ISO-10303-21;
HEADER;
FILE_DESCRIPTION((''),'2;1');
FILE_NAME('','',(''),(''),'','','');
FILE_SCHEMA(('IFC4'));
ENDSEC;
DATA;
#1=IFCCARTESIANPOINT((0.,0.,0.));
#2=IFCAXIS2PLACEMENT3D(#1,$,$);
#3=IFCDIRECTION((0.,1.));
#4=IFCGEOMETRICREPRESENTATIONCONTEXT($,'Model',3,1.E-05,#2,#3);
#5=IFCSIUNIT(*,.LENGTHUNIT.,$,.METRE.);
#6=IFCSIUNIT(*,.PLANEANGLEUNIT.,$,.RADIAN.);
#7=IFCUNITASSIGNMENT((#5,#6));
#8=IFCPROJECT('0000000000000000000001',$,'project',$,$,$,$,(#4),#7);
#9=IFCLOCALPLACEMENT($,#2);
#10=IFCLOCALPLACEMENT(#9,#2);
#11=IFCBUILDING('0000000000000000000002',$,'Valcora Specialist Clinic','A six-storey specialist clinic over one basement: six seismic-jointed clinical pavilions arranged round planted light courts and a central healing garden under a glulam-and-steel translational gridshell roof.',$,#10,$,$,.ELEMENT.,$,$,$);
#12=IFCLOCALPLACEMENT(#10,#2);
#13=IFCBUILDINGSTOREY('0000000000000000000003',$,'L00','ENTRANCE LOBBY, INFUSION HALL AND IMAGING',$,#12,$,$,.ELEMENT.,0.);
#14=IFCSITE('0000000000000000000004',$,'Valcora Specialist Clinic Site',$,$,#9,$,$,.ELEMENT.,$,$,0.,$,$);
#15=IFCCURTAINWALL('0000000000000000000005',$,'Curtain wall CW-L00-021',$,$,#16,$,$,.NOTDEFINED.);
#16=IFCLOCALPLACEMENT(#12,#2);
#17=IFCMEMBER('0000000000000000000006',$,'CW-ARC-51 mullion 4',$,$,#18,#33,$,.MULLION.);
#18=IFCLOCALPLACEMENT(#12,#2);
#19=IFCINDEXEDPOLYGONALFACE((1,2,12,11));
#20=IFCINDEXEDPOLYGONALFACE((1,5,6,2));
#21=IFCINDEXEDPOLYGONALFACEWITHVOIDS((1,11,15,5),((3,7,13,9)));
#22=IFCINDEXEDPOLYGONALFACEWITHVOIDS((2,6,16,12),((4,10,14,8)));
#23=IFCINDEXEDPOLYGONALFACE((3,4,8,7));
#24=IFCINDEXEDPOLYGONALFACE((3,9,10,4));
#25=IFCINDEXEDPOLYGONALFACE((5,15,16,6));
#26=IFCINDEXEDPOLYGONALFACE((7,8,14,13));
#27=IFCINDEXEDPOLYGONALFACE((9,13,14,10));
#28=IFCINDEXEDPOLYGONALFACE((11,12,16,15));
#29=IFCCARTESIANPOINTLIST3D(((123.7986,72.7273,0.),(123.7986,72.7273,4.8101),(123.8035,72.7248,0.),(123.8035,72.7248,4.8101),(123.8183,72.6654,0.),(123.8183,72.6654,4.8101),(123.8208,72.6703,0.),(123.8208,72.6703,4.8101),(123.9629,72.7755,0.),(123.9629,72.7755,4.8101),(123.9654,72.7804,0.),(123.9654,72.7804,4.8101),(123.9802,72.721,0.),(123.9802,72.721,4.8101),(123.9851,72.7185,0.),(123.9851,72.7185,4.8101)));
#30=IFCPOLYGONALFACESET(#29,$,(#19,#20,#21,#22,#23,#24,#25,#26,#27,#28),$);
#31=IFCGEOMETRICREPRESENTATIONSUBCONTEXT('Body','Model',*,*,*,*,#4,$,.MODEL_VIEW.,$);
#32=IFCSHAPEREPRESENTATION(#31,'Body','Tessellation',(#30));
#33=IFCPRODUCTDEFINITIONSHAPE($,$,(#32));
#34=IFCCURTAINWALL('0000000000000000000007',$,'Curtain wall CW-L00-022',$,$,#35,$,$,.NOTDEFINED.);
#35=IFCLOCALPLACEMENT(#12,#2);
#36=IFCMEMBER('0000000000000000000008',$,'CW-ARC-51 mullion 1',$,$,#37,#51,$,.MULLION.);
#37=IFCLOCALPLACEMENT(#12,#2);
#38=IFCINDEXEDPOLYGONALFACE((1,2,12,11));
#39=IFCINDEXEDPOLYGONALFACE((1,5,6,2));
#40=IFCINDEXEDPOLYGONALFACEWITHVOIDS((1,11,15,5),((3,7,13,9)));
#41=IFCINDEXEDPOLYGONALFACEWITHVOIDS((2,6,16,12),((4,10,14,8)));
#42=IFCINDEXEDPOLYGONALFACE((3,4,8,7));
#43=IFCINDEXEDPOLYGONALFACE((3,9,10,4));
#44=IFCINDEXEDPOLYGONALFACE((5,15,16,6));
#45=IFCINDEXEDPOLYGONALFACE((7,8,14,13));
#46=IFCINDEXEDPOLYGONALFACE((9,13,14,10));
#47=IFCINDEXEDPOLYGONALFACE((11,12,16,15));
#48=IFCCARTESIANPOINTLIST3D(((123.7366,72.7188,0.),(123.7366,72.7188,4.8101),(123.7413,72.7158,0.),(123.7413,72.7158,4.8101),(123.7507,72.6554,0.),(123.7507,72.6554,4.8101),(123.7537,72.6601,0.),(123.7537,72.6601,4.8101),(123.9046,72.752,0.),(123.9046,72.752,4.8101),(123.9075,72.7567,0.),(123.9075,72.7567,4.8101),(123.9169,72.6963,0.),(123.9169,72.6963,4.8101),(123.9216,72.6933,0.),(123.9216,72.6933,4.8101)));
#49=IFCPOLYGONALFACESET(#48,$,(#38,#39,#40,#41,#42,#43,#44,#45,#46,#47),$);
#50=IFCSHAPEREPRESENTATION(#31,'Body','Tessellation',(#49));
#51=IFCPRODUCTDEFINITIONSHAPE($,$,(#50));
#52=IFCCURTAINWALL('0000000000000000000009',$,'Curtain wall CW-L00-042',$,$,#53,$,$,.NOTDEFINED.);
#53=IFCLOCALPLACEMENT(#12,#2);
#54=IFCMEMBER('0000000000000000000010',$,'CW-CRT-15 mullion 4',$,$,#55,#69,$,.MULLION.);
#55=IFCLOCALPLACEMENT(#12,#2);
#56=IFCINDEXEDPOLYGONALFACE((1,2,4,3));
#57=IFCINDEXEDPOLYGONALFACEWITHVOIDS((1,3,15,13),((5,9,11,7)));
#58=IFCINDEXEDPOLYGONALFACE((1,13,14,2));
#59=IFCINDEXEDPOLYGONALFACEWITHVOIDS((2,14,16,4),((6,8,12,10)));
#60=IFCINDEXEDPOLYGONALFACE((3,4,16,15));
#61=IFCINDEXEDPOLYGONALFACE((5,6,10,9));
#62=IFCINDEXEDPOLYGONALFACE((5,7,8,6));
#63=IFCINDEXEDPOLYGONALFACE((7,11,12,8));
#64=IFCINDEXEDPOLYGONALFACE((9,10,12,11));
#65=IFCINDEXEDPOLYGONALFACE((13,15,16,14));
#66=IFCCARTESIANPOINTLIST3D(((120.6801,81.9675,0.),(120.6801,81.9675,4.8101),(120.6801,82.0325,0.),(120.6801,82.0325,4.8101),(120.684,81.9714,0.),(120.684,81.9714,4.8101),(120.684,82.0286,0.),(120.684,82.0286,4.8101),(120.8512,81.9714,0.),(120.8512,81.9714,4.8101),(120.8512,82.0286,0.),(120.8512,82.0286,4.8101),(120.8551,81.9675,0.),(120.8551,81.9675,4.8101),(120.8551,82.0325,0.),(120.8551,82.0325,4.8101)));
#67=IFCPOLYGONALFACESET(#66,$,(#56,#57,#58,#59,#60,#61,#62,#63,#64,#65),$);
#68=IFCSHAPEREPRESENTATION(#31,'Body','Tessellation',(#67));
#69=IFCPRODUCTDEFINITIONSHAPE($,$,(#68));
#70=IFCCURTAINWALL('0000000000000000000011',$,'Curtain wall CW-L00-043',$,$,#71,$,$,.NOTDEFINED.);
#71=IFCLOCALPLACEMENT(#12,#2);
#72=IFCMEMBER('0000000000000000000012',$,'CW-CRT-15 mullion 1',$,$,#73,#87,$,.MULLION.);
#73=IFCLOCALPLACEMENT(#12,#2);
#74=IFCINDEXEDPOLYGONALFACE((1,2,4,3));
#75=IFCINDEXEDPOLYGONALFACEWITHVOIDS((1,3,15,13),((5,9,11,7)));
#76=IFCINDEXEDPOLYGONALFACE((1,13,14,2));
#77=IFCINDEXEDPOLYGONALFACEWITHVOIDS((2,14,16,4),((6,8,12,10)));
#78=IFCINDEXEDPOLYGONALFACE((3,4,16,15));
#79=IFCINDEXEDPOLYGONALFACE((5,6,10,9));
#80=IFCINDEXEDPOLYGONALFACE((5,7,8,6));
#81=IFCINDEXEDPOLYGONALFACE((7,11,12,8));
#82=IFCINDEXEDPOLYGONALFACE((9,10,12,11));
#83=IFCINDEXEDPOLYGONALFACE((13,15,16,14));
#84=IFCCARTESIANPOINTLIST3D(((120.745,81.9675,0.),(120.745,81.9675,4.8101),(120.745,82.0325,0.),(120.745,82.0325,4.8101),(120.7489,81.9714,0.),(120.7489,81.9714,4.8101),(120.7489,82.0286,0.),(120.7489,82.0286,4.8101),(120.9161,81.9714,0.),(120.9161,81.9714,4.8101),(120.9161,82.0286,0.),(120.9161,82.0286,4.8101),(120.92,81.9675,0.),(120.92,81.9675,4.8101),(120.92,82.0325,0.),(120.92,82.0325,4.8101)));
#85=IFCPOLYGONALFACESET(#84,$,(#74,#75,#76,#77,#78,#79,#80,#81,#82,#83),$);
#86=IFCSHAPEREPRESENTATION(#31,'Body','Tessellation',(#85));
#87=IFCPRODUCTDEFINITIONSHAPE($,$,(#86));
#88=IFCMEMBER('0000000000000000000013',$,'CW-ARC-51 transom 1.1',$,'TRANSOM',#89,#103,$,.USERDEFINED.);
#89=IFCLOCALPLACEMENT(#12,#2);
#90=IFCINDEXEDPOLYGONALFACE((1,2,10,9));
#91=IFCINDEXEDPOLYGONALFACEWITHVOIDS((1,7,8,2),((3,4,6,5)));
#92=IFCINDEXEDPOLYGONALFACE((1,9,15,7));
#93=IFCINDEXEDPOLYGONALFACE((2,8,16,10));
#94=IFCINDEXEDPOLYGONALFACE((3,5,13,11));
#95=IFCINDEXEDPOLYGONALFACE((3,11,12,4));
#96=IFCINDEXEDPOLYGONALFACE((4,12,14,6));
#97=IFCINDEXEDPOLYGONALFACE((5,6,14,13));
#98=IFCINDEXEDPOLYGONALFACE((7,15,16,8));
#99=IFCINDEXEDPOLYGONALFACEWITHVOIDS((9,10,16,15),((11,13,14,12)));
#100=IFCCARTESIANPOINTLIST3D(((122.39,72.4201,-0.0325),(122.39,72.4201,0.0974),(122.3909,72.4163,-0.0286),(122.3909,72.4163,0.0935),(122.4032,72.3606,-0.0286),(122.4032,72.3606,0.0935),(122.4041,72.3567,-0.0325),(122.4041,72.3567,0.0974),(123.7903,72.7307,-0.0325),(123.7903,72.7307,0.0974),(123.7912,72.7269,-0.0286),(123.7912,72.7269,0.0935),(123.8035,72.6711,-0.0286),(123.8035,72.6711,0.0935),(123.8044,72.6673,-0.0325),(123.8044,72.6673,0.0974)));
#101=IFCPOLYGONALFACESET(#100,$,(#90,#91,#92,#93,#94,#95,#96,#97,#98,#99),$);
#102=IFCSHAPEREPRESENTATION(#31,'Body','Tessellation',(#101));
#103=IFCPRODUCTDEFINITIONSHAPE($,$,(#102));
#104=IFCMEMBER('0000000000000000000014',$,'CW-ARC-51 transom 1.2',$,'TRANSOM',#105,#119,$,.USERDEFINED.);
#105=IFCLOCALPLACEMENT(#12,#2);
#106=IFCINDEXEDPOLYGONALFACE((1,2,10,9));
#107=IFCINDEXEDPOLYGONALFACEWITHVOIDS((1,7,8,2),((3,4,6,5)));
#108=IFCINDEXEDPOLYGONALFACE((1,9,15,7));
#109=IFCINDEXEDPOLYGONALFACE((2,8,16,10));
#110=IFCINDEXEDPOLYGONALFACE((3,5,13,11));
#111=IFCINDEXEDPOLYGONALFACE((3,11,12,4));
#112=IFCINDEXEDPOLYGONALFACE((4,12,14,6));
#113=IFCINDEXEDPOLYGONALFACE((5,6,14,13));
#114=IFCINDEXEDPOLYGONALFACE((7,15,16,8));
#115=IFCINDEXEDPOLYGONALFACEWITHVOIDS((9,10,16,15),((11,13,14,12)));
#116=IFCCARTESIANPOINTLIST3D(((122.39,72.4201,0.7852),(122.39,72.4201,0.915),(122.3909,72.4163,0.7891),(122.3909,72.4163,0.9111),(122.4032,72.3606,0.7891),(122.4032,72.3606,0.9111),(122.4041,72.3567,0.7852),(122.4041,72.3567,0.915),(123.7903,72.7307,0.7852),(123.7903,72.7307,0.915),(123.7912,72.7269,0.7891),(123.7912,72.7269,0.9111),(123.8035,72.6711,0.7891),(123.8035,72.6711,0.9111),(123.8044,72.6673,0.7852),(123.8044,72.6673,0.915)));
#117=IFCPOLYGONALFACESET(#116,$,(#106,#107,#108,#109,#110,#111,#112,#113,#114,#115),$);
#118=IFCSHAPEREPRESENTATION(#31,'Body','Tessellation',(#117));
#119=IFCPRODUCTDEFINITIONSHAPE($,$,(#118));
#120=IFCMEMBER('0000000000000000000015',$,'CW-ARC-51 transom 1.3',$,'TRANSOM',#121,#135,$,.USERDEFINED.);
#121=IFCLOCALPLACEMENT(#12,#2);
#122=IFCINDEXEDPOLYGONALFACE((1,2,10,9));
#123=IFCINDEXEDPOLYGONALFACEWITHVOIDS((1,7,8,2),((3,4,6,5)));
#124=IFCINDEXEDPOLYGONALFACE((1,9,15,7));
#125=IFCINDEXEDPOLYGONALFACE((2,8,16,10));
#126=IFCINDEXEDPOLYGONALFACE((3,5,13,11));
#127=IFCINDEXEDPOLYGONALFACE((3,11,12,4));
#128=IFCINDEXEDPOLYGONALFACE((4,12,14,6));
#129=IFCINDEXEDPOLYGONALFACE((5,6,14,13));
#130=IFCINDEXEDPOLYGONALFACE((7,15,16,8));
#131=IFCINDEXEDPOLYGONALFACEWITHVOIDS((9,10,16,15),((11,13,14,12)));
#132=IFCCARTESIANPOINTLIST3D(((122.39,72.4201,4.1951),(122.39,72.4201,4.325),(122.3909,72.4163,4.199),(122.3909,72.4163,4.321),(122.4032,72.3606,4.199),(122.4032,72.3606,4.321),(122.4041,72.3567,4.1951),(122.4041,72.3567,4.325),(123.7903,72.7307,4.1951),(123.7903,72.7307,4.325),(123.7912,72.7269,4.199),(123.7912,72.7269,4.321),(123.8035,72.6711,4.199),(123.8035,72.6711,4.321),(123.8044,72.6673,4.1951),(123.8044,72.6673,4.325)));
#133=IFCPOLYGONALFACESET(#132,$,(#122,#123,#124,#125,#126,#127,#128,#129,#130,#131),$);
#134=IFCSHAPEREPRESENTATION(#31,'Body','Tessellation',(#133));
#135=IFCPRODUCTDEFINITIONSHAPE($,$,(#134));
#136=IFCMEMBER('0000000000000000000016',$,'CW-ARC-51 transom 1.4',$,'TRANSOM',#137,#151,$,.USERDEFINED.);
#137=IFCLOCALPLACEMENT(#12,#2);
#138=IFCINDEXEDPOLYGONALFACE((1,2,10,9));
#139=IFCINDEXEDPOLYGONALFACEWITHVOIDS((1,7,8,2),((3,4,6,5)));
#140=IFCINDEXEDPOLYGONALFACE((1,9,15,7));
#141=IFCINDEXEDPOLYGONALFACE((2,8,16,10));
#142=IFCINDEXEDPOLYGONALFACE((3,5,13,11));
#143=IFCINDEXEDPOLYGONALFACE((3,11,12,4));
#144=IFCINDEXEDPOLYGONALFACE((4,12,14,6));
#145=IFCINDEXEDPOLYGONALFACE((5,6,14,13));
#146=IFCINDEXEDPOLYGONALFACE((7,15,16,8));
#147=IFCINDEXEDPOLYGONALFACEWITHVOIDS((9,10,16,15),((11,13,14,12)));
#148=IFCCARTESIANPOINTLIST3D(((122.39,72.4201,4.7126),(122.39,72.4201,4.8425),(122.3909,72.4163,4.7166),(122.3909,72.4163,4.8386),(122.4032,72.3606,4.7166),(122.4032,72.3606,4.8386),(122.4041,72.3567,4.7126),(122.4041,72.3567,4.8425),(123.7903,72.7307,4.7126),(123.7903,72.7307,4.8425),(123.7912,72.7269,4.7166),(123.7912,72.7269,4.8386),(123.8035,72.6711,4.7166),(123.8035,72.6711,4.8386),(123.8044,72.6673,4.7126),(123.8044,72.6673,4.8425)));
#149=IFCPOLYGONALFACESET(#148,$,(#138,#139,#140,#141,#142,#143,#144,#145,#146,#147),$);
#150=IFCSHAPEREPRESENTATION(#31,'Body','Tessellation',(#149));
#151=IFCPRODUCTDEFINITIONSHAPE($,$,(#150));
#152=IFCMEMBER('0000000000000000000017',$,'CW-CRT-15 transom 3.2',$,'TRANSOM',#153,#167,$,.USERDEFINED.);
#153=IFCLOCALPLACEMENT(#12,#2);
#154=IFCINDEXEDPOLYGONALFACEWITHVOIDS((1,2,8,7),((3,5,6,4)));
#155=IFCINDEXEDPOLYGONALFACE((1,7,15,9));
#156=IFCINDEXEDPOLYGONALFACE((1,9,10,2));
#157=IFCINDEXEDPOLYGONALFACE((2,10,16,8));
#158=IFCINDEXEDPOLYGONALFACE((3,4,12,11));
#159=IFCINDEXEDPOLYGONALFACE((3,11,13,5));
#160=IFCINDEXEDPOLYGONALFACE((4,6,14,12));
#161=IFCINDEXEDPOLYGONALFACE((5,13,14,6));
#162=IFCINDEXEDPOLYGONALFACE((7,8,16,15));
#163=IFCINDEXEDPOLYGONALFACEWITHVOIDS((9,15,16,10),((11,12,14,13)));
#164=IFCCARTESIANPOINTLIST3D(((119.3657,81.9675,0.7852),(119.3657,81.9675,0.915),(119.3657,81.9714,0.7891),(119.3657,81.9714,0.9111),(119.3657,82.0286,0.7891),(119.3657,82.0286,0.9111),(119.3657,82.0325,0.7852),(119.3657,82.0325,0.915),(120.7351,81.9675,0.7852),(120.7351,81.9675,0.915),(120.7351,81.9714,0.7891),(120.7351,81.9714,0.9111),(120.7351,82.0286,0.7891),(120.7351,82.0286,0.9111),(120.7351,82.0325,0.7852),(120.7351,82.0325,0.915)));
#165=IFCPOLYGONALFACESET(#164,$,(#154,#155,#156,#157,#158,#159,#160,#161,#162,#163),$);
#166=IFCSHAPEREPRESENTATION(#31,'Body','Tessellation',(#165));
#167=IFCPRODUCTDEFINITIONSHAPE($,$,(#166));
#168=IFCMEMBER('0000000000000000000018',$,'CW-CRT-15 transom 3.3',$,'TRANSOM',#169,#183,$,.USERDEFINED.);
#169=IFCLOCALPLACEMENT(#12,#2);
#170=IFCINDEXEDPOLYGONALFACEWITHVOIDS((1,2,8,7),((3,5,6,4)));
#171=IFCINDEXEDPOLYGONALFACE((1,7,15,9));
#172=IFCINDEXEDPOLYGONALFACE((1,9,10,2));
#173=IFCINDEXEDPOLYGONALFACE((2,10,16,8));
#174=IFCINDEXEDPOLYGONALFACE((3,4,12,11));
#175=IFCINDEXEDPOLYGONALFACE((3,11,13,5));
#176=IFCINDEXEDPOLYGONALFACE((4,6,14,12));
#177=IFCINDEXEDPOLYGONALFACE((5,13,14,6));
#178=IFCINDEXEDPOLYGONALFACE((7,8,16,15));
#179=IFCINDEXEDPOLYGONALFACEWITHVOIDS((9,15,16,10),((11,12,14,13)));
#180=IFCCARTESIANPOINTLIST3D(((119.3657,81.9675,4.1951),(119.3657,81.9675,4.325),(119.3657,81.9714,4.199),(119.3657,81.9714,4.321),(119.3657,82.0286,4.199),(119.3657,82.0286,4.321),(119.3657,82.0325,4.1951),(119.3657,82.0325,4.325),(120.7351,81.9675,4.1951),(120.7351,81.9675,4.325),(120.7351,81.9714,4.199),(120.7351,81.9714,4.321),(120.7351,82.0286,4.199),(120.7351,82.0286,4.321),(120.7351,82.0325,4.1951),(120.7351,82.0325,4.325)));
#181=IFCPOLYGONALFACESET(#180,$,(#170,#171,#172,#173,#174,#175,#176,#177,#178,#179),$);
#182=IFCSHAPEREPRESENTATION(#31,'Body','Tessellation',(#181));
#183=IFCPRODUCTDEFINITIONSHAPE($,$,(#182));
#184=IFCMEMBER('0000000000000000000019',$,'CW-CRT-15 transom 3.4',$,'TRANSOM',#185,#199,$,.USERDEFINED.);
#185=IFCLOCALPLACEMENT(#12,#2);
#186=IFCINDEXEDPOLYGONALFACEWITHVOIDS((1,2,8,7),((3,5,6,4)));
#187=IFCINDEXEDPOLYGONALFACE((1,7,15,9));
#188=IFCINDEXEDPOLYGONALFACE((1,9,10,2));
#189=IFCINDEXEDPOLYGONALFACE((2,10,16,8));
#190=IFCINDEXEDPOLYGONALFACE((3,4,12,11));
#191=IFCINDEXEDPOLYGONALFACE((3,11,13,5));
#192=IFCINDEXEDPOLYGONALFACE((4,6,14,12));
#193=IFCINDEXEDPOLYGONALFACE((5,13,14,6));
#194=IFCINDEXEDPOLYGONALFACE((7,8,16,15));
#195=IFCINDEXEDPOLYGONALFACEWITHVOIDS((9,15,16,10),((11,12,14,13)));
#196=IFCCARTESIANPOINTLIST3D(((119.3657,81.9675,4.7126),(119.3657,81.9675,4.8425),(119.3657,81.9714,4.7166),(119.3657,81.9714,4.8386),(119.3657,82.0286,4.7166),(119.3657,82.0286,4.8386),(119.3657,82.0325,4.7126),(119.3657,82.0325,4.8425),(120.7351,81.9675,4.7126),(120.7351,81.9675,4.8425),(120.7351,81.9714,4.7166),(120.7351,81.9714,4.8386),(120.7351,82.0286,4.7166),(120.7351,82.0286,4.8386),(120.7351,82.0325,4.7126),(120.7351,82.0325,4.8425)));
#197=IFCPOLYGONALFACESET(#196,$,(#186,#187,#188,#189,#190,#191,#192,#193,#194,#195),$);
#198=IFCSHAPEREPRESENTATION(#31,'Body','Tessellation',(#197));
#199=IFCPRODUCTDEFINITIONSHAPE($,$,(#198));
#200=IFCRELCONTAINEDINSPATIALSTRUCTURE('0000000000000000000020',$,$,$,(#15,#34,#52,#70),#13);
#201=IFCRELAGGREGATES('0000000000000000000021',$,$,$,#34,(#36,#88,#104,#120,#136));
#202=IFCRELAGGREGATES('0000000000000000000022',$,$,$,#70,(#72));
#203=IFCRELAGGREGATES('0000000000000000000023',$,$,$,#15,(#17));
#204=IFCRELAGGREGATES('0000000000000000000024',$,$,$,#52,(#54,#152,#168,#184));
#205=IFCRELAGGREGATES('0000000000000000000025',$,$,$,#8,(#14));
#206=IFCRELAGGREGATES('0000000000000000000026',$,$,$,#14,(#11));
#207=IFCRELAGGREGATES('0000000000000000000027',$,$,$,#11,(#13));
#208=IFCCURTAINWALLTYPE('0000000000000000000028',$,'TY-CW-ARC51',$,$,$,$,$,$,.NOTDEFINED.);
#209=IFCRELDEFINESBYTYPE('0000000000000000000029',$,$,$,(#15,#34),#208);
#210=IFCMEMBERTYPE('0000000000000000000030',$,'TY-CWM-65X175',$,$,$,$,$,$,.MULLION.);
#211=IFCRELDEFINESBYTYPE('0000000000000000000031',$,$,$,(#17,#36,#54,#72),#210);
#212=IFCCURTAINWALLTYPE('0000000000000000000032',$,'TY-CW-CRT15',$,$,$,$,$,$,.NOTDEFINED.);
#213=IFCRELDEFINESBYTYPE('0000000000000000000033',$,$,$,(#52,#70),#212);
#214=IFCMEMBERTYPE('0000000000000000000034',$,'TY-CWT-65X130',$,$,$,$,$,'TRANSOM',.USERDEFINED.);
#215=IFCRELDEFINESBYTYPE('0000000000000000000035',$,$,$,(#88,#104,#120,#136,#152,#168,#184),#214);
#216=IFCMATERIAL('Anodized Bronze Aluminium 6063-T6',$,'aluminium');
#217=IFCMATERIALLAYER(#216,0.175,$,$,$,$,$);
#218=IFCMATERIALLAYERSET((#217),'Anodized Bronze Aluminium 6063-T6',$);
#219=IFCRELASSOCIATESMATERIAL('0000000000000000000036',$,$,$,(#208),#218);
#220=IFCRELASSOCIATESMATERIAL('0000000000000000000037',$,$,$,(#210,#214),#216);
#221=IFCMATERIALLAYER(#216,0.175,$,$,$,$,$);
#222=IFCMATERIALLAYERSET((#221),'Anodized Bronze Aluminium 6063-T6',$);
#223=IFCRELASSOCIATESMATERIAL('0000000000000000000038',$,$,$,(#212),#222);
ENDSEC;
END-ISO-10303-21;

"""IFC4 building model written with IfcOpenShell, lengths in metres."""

from ifc_helpers import new_model, si_unit, direction, frame, origin, origin_2d, place, context, subcontext, project, spatial, hollow_rectangle, extrude, material, layer, layer_set, material_profile, profile_set, type_object, element, aggregate, save


model = new_model("IFC4")

# Units and contexts
model_context = context("Model", 3, precision=1e-05, world=origin(), true_north=direction((0.0, 1.0)))
body_context = subcontext(model_context, "Body", "Model", "MODEL_VIEW")
ifc_project = project(units=[si_unit("LENGTHUNIT", "METRE"), si_unit("PLANEANGLEUNIT", "RADIAN")], contexts=[model_context])

# Site, building, storey
site_placement = place(None, origin())
site = spatial("IfcSite", under=ifc_project, at=site_placement, Name="Valcora Specialist Clinic Site", CompositionType="ELEMENT", RefElevation=0.0)
building_placement = place(site_placement, origin())
building = spatial("IfcBuilding", under=site, at=building_placement, Name="Valcora Specialist Clinic", Description="A six-storey specialist clinic over one basement: six seismic-jointed clinical pavilions arranged round planted light courts and a central healing garden under a glulam-and-steel translational gridshell roof.", CompositionType="ELEMENT")
storey_placement = place(building_placement, origin())
storey = spatial("IfcBuildingStorey", under=building, at=storey_placement, Name="L00", Description="ENTRANCE LOBBY, INFUSION HALL AND IMAGING", CompositionType="ELEMENT", Elevation=0.0)

# Curtain walls, members
ifc_material_1 = material(Name="Anodized Bronze Aluminium 6063-T6", Category="aluminium")
ifc_layer_1 = layer(ifc_material_1, 0.175)
ifc_layer_set_1 = layer_set([ifc_layer_1], Name="Anodized Bronze Aluminium 6063-T6")
curtain_wall_type_1 = type_object("IfcCurtainWallType", Name="TY-CW-ARC51", PredefinedType="NOTDEFINED", material=ifc_layer_set_1)
curtain_wall_1_placement = place(storey_placement, origin())
curtain_wall_1 = element("IfcCurtainWall", 1, at=curtain_wall_1_placement, inside=storey, type_object=curtain_wall_type_1, Name="Curtain wall CW-L00-021", PredefinedType="NOTDEFINED")
ifc_material_profile_1 = material_profile(ifc_material_1, hollow_rectangle(XDim=0.0649, YDim=0.175, WallThickness=0.0039, at=origin_2d()), Name="AL-MUL-65X175")
ifc_profile_set_1 = profile_set([ifc_material_profile_1], Name="Anodized Bronze Aluminium 6063-T6")
member_type_1 = type_object("IfcMemberType", Name="TY-CWM-65X175", PredefinedType="MULLION", material=ifc_profile_set_1)
member_1_placement = place(storey_placement, frame((123.8918, 72.7229, 0.0), z_axis=(0.0, 0.0, 1.0), x_axis=(0.303233, -0.952916, 0.0)))
member_1 = element("IfcMember", 2, at=member_1_placement, type_object=member_type_1, Name="CW-ARC-51 mullion 4", PredefinedType="MULLION", context=body_context, shape_type="SweptSolid", body=[
    extrude(hollow_rectangle(XDim=0.0649, YDim=0.175, WallThickness=0.0039, at=origin_2d()), origin(), (0.0, 0.0, 1.0), 4.8101),
])
curtain_wall_2_placement = place(storey_placement, origin())
curtain_wall_2 = element("IfcCurtainWall", 3, at=curtain_wall_2_placement, inside=storey, type_object=curtain_wall_type_1, Name="Curtain wall CW-L00-022", PredefinedType="NOTDEFINED")
member_2_placement = place(storey_placement, frame((123.8291, 72.7061, 0.0), z_axis=(0.0, 0.0, 1.0), x_axis=(0.216518, -0.976279, 0.0)))
member_2 = element("IfcMember", 4, at=member_2_placement, type_object=member_type_1, Name="CW-ARC-51 mullion 1", PredefinedType="MULLION", context=body_context, shape_type="SweptSolid", body=[
    extrude(hollow_rectangle(XDim=0.0649, YDim=0.175, WallThickness=0.0039, at=origin_2d()), origin(), (0.0, 0.0, 1.0), 4.8101),
])
ifc_layer_2 = layer(ifc_material_1, 0.175)
ifc_layer_set_2 = layer_set([ifc_layer_2], Name="Anodized Bronze Aluminium 6063-T6")
curtain_wall_type_2 = type_object("IfcCurtainWallType", Name="TY-CW-CRT15", PredefinedType="NOTDEFINED", material=ifc_layer_set_2)
curtain_wall_3_placement = place(storey_placement, origin())
curtain_wall_3 = element("IfcCurtainWall", 5, at=curtain_wall_3_placement, inside=storey, type_object=curtain_wall_type_2, Name="Curtain wall CW-L00-042", PredefinedType="NOTDEFINED")
member_3_placement = place(storey_placement, frame((120.7676, 82.0, 0.0), z_axis=(0.0, 0.0, 1.0), x_axis=(0.0, 1.0, 0.0)))
member_3 = element("IfcMember", 6, at=member_3_placement, type_object=member_type_1, Name="CW-CRT-15 mullion 4", PredefinedType="MULLION", context=body_context, shape_type="SweptSolid", body=[
    extrude(hollow_rectangle(XDim=0.0649, YDim=0.175, WallThickness=0.0039, at=origin_2d()), origin(), (0.0, 0.0, 1.0), 4.8101),
])
curtain_wall_4_placement = place(storey_placement, origin())
curtain_wall_4 = element("IfcCurtainWall", 7, at=curtain_wall_4_placement, inside=storey, type_object=curtain_wall_type_2, Name="Curtain wall CW-L00-043", PredefinedType="NOTDEFINED")
member_4_placement = place(storey_placement, frame((120.8325, 82.0, 0.0), z_axis=(0.0, 0.0, 1.0), x_axis=(0.0, 1.0, 0.0)))
member_4 = element("IfcMember", 8, at=member_4_placement, type_object=member_type_1, Name="CW-CRT-15 mullion 1", PredefinedType="MULLION", context=body_context, shape_type="SweptSolid", body=[
    extrude(hollow_rectangle(XDim=0.0649, YDim=0.175, WallThickness=0.0039, at=origin_2d()), origin(), (0.0, 0.0, 1.0), 4.8101),
])

# Members
ifc_material_profile_2 = material_profile(ifc_material_1, hollow_rectangle(XDim=0.0649, YDim=0.1299, WallThickness=0.0039, at=origin_2d()), Name="AL-TRN-65X130")
ifc_profile_set_2 = profile_set([ifc_material_profile_2], Name="Anodized Bronze Aluminium 6063-T6")
member_type_2 = type_object("IfcMemberType", Name="TY-CWT-65X130", ElementType="TRANSOM", PredefinedType="USERDEFINED", material=ifc_profile_set_2)
member_5_placement = place(storey_placement, frame((123.7974, 72.699, 0.0325), z_axis=(-0.976283, -0.216498, 0.0), x_axis=(0.216498, -0.976283, 0.0)))
member_5 = element("IfcMember", 9, at=member_5_placement, type_object=member_type_2, Name="CW-ARC-51 transom 1.1", ObjectType="TRANSOM", PredefinedType="USERDEFINED", context=body_context, shape_type="SweptSolid", body=[
    extrude(hollow_rectangle(XDim=0.0649, YDim=0.1299, WallThickness=0.0039, at=origin_2d()), origin(), (0.0, 0.0, 1.0), 1.4343),
])
member_6_placement = place(storey_placement, frame((123.7974, 72.699, 0.8501), z_axis=(-0.976283, -0.216498, 0.0), x_axis=(0.216498, -0.976283, 0.0)))
member_6 = element("IfcMember", 10, at=member_6_placement, type_object=member_type_2, Name="CW-ARC-51 transom 1.2", ObjectType="TRANSOM", PredefinedType="USERDEFINED", context=body_context, shape_type="SweptSolid", body=[
    extrude(hollow_rectangle(XDim=0.0649, YDim=0.1299, WallThickness=0.0039, at=origin_2d()), origin(), (0.0, 0.0, 1.0), 1.4343),
])
member_7_placement = place(storey_placement, frame((123.7974, 72.699, 4.26), z_axis=(-0.976283, -0.216498, 0.0), x_axis=(0.216498, -0.976283, 0.0)))
member_7 = element("IfcMember", 11, at=member_7_placement, type_object=member_type_2, Name="CW-ARC-51 transom 1.3", ObjectType="TRANSOM", PredefinedType="USERDEFINED", context=body_context, shape_type="SweptSolid", body=[
    extrude(hollow_rectangle(XDim=0.0649, YDim=0.1299, WallThickness=0.0039, at=origin_2d()), origin(), (0.0, 0.0, 1.0), 1.4343),
])
member_8_placement = place(storey_placement, frame((123.7974, 72.699, 4.7776), z_axis=(-0.976283, -0.216498, 0.0), x_axis=(0.216498, -0.976283, 0.0)))
member_8 = element("IfcMember", 12, at=member_8_placement, type_object=member_type_2, Name="CW-ARC-51 transom 1.4", ObjectType="TRANSOM", PredefinedType="USERDEFINED", context=body_context, shape_type="SweptSolid", body=[
    extrude(hollow_rectangle(XDim=0.0649, YDim=0.1299, WallThickness=0.0039, at=origin_2d()), origin(), (0.0, 0.0, 1.0), 1.4343),
])
aggregate(curtain_wall_2, [member_2, member_5, member_6, member_7, member_8])
member_9_placement = place(storey_placement, frame((119.3657, 82.0, 0.8501), z_axis=(1.0, 0.0, 0.0), x_axis=(0.0, 1.0, 0.0)))
member_9 = element("IfcMember", 13, at=member_9_placement, type_object=member_type_2, Name="CW-CRT-15 transom 3.2", ObjectType="TRANSOM", PredefinedType="USERDEFINED", context=body_context, shape_type="SweptSolid", body=[
    extrude(hollow_rectangle(XDim=0.0649, YDim=0.1299, WallThickness=0.0039, at=origin_2d()), origin(), (0.0, 0.0, 1.0), 1.3694),
])
member_10_placement = place(storey_placement, frame((119.3657, 82.0, 4.26), z_axis=(1.0, 0.0, 0.0), x_axis=(0.0, 1.0, 0.0)))
member_10 = element("IfcMember", 14, at=member_10_placement, type_object=member_type_2, Name="CW-CRT-15 transom 3.3", ObjectType="TRANSOM", PredefinedType="USERDEFINED", context=body_context, shape_type="SweptSolid", body=[
    extrude(hollow_rectangle(XDim=0.0649, YDim=0.1299, WallThickness=0.0039, at=origin_2d()), origin(), (0.0, 0.0, 1.0), 1.3694),
])
member_11_placement = place(storey_placement, frame((119.3657, 82.0, 4.7776), z_axis=(1.0, 0.0, 0.0), x_axis=(0.0, 1.0, 0.0)))
member_11 = element("IfcMember", 15, at=member_11_placement, type_object=member_type_2, Name="CW-CRT-15 transom 3.4", ObjectType="TRANSOM", PredefinedType="USERDEFINED", context=body_context, shape_type="SweptSolid", body=[
    extrude(hollow_rectangle(XDim=0.0649, YDim=0.1299, WallThickness=0.0039, at=origin_2d()), origin(), (0.0, 0.0, 1.0), 1.3694),
])
aggregate(curtain_wall_4, [member_4])

aggregate(curtain_wall_1, [member_1])
aggregate(curtain_wall_3, [member_3, member_9, member_10, member_11])

save(model, "model.ifc")
